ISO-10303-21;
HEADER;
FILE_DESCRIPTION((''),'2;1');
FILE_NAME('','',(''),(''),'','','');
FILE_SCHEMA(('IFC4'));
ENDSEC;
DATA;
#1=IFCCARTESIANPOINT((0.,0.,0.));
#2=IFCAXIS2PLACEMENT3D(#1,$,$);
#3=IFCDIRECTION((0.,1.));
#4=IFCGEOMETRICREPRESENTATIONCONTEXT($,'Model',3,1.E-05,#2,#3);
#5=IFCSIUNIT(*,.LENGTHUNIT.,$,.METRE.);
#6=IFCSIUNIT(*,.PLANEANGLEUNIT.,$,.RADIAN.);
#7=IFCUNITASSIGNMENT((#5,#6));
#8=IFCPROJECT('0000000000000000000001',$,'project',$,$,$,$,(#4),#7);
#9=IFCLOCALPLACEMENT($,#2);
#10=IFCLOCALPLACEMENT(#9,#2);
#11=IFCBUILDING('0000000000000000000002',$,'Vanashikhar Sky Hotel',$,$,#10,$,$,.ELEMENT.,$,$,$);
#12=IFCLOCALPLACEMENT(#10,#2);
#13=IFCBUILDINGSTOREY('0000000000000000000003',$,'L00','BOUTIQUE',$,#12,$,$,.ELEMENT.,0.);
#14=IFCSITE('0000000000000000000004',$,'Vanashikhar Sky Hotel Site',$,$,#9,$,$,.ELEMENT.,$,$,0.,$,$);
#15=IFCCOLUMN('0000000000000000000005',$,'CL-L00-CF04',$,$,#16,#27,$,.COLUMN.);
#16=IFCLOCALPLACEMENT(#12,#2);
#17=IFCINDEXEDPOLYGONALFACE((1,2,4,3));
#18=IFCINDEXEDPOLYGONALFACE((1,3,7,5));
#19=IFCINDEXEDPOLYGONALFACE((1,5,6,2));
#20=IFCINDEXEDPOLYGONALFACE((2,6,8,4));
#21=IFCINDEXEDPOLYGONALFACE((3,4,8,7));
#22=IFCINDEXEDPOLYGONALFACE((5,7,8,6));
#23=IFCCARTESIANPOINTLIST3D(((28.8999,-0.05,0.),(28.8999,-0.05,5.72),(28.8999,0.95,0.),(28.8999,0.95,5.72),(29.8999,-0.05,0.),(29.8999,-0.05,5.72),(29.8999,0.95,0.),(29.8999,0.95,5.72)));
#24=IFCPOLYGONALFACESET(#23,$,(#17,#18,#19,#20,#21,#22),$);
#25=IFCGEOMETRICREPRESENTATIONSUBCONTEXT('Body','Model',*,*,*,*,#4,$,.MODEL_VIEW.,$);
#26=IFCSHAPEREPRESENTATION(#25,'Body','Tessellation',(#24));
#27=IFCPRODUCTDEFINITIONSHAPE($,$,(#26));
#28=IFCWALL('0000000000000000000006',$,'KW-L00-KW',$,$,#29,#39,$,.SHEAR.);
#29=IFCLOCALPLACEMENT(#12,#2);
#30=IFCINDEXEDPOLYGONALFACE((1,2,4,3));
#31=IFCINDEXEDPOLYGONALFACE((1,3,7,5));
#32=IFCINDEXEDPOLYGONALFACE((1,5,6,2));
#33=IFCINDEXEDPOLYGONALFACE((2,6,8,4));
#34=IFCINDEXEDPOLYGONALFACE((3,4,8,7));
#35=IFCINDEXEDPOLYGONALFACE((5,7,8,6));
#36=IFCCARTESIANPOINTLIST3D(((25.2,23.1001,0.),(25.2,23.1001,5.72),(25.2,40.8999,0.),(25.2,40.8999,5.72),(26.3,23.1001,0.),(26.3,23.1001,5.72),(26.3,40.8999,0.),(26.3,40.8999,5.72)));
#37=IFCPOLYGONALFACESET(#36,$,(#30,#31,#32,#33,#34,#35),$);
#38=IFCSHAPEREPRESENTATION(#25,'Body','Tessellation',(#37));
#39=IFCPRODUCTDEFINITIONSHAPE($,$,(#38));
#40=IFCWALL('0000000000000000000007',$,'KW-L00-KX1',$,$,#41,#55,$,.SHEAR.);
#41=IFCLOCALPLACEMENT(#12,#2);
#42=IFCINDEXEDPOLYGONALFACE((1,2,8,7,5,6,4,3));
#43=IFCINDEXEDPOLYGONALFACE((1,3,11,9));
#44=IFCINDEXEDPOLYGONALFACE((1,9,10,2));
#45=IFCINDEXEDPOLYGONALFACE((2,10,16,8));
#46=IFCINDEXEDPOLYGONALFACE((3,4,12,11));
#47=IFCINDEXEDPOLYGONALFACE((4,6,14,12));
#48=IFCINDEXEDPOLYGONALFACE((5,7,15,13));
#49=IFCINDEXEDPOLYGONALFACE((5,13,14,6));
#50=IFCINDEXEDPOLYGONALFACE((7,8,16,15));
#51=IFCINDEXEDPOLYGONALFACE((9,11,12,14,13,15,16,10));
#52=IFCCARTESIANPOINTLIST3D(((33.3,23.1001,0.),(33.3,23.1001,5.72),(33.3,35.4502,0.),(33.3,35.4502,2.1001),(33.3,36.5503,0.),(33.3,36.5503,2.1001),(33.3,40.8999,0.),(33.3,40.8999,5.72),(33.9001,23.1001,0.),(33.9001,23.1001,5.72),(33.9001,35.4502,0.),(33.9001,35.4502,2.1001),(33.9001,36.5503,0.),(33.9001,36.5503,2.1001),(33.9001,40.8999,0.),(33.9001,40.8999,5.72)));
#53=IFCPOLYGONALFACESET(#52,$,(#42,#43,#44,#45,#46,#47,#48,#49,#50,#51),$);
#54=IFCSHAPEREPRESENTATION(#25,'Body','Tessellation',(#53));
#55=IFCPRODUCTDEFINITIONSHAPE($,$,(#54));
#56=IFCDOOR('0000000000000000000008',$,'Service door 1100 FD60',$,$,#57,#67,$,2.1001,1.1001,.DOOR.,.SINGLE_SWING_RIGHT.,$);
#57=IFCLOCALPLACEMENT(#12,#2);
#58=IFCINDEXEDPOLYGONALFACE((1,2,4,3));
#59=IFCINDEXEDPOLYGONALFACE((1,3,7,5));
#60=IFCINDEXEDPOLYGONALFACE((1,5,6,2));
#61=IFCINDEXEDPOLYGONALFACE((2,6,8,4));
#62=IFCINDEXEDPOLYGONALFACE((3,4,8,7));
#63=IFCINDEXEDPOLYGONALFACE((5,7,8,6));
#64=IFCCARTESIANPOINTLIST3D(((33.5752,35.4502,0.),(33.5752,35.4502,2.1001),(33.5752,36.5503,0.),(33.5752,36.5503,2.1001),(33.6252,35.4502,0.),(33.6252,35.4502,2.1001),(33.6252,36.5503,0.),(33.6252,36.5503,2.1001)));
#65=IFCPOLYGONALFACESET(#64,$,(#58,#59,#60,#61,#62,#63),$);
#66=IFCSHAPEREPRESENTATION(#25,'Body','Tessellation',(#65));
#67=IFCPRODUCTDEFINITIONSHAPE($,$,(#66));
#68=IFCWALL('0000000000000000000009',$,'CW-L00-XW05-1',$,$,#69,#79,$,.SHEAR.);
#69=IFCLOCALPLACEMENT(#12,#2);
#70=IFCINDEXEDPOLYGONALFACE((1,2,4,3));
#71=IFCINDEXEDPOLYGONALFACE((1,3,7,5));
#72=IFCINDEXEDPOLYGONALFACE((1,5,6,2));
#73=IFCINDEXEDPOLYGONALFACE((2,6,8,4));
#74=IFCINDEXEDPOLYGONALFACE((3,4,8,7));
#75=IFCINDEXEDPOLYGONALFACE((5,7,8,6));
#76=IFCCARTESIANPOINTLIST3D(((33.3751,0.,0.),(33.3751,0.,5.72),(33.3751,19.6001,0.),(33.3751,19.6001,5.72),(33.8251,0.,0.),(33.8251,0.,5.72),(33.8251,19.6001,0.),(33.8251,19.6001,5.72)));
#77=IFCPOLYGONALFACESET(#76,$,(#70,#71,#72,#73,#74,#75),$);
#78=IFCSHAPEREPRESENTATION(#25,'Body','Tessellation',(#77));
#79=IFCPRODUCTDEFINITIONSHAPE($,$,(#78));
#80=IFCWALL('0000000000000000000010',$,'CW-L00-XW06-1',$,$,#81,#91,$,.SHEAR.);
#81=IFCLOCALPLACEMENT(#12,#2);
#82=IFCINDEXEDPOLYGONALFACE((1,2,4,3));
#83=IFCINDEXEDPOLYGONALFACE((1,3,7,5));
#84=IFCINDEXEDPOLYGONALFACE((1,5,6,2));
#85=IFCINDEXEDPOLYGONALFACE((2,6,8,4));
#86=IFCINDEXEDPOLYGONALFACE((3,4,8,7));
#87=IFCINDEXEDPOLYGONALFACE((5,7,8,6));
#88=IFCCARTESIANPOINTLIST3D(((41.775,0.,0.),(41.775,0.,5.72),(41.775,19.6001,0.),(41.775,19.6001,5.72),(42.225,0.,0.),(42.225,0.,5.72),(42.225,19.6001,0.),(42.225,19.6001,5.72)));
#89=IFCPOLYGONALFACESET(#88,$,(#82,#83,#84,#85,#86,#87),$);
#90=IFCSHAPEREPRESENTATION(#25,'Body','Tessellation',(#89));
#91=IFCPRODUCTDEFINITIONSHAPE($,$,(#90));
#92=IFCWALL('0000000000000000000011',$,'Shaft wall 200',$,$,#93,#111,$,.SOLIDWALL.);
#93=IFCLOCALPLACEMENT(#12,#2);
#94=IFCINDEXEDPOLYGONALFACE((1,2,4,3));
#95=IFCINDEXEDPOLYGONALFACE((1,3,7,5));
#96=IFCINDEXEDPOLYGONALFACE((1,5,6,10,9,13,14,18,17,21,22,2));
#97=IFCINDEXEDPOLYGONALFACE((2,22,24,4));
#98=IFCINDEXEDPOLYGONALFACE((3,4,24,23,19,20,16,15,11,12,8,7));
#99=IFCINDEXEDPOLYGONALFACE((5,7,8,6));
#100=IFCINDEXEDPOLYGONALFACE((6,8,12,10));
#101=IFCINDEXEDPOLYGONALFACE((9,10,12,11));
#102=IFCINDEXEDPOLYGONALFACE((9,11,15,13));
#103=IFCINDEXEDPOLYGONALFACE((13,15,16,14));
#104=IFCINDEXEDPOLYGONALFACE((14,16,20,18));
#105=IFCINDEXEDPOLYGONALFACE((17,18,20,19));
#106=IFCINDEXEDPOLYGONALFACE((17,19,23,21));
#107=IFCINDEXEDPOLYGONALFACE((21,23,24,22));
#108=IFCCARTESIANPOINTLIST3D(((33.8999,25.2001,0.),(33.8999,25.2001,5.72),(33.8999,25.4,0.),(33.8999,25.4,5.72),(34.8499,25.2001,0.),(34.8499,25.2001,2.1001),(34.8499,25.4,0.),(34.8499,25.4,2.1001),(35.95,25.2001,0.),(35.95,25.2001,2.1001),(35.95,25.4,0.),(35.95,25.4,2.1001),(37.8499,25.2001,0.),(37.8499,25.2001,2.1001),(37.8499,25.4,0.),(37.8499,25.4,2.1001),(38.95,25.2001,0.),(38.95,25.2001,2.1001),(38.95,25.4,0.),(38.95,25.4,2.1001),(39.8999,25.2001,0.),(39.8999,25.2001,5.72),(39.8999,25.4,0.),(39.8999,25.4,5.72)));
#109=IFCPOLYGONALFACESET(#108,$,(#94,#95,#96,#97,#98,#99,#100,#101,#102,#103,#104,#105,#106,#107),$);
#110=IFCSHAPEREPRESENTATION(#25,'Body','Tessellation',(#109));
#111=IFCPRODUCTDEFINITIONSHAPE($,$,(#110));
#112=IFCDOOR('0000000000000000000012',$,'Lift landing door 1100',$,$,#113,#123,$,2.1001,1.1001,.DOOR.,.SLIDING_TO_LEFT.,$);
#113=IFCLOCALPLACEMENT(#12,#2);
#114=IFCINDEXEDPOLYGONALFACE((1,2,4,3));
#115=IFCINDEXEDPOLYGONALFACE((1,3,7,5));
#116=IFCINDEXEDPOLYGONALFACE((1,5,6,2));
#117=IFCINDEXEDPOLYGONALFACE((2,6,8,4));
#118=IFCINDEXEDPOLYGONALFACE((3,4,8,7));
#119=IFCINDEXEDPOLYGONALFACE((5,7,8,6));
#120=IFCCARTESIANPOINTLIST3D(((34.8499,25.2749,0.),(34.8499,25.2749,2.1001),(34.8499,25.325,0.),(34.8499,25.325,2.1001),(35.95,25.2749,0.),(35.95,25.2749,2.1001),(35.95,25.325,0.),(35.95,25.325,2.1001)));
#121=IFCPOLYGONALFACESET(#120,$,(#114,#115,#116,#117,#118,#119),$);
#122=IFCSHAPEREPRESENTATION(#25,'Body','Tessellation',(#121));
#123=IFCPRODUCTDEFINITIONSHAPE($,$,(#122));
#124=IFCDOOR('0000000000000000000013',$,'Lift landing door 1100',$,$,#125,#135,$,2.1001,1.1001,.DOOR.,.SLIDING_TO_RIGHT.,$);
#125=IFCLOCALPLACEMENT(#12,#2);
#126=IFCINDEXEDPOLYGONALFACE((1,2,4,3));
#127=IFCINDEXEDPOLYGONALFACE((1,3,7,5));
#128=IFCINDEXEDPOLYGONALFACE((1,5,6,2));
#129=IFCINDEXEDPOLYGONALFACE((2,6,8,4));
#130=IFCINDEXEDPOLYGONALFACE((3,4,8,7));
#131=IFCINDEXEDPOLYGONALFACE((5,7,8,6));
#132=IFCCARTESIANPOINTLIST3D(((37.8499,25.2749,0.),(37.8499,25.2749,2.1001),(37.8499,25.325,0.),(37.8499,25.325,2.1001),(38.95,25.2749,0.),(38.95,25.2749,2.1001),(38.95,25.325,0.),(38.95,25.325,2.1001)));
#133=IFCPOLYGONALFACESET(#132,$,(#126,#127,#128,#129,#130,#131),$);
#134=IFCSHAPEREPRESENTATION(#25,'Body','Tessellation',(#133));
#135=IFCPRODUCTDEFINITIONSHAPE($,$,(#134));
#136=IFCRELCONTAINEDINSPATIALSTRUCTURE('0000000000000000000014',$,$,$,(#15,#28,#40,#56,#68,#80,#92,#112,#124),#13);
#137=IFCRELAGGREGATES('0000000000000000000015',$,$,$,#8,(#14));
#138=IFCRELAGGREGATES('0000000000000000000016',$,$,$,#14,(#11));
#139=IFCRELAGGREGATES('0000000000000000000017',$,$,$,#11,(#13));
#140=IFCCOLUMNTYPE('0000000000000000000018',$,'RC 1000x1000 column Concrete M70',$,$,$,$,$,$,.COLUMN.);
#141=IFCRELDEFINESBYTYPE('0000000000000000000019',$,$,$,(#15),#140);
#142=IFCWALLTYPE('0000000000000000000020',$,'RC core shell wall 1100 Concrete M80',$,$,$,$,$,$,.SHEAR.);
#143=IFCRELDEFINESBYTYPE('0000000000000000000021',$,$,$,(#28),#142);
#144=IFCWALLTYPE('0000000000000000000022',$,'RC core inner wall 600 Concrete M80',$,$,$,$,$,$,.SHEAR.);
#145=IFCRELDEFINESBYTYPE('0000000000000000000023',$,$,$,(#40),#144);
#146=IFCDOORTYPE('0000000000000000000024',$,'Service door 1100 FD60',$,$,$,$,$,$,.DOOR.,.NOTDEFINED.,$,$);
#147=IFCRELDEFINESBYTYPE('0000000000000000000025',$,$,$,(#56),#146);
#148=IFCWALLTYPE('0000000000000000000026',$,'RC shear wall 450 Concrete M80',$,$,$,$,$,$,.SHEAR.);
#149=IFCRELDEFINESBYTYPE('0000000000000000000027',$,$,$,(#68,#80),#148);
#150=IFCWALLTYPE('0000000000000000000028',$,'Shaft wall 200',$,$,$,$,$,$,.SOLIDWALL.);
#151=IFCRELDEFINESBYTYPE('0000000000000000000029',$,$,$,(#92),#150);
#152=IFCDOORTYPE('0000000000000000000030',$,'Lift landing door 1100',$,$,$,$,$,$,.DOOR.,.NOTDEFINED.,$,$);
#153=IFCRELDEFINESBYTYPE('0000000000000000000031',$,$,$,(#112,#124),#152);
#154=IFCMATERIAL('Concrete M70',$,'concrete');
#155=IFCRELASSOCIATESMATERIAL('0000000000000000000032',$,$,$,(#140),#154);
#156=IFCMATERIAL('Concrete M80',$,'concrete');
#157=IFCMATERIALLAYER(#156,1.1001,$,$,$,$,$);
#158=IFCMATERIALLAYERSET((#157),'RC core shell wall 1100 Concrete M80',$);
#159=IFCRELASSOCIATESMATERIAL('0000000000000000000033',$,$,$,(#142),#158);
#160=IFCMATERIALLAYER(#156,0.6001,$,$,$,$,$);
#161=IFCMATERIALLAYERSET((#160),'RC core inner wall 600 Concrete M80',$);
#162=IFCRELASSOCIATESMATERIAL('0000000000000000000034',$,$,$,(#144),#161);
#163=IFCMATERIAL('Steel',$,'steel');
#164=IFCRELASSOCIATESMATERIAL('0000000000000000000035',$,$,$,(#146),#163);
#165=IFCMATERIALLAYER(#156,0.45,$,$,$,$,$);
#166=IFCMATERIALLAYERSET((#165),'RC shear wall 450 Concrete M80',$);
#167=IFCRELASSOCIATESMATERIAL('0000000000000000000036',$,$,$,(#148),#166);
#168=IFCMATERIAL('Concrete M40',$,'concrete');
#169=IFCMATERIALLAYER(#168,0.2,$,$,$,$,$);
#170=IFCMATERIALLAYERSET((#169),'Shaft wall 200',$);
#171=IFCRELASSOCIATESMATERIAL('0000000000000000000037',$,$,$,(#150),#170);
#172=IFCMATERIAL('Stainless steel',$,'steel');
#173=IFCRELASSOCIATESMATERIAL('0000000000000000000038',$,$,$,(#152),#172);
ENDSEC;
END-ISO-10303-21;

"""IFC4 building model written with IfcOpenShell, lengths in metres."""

from ifc_helpers import new_model, si_unit, direction, frame, frame_2d, origin, origin_2d, place, context, subcontext, project, spatial, rectangle, extrude, source, transform, mapped, material, layer, layer_set, material_profile, profile_set, type_object, element, fill, save


model = new_model("IFC4")

# Units and contexts
model_context = context("Model", 3, precision=1e-05, world=origin(), true_north=direction((0.0, 1.0)))
body_context = subcontext(model_context, "Body", "Model", "MODEL_VIEW")
ifc_project = project(units=[si_unit("LENGTHUNIT", "METRE"), si_unit("PLANEANGLEUNIT", "RADIAN")], contexts=[model_context])

# Site, building, storey
site_placement = place(None, origin())
site = spatial("IfcSite", under=ifc_project, at=site_placement, Name="Vanashikhar Sky Hotel Site", CompositionType="ELEMENT", RefElevation=0.0)
building_placement = place(site_placement, origin())
building = spatial("IfcBuilding", under=site, at=building_placement, Name="Vanashikhar Sky Hotel", CompositionType="ELEMENT")
storey_placement = place(building_placement, origin())
storey = spatial("IfcBuildingStorey", under=building, at=storey_placement, Name="L00", Description="BOUTIQUE", CompositionType="ELEMENT", Elevation=0.0)

# Column
ifc_material_1 = material(Name="Concrete M70", Category="concrete")
ifc_material_profile = material_profile(ifc_material_1, rectangle(XDim=1.0, YDim=1.0, at=origin_2d()))
ifc_profile_set = profile_set([ifc_material_profile], Name="RC 1000x1000 column Concrete M70")
column_type = type_object("IfcColumnType", Name="RC 1000x1000 column Concrete M70", PredefinedType="COLUMN", material=ifc_profile_set)
shared_shape_1 = source(origin(), body_context, "Body", "SweptSolid", [
    extrude(rectangle(XDim=1.0, YDim=1.0, at=origin_2d()), origin(), (0.0, 0.0, 1.0), 5.72),
])
column_placement = place(storey_placement, frame((29.3999, 0.45, 0.0), z_axis=(0.0, 0.0, 1.0), x_axis=(1.0, 0.0, 0.0)))
element("IfcColumn", 1, at=column_placement, inside=storey, type_object=column_type, Name="CL-L00-CF04", PredefinedType="COLUMN", context=body_context, shape_type="MappedRepresentation", body=[
    mapped(shared_shape_1, transform((0.0, 0.0, 0.0), scale=1.0)),
])

# Wall
ifc_material_2 = material(Name="Concrete M80", Category="concrete")
ifc_layer_1 = layer(ifc_material_2, 1.1001)
ifc_layer_set_1 = layer_set([ifc_layer_1], Name="RC core shell wall 1100 Concrete M80")
wall_type_1 = type_object("IfcWallType", Name="RC core shell wall 1100 Concrete M80", PredefinedType="SHEAR", material=ifc_layer_set_1)
shared_shape_2 = source(origin(), body_context, "Body", "SweptSolid", [
    extrude(rectangle(XDim=17.7998, YDim=1.1001, at=frame_2d((8.8999, 0.0))), origin(), (0.0, 0.0, 1.0), 5.72),
])
wall_1_placement = place(storey_placement, frame((25.75, 23.1001, 0.0), z_axis=(0.0, 0.0, 1.0), x_axis=(0.0, 1.0, 0.0)))
element("IfcWall", 2, at=wall_1_placement, inside=storey, type_object=wall_type_1, Name="KW-L00-KW", PredefinedType="SHEAR", context=body_context, shape_type="MappedRepresentation", body=[
    mapped(shared_shape_2, transform((0.0, 0.0, 0.0), scale=1.0)),
])

# Wall, opening, door
ifc_layer_2 = layer(ifc_material_2, 0.6001)
ifc_layer_set_2 = layer_set([ifc_layer_2], Name="RC core inner wall 600 Concrete M80")
wall_type_2 = type_object("IfcWallType", Name="RC core inner wall 600 Concrete M80", PredefinedType="SHEAR", material=ifc_layer_set_2)
shared_shape_3 = source(origin(), body_context, "Body", "SweptSolid", [
    extrude(rectangle(XDim=17.7998, YDim=0.6001, at=frame_2d((8.8999, 0.0))), origin(), (0.0, 0.0, 1.0), 5.72),
])
wall_2_placement = place(storey_placement, frame((33.6001, 23.1001, 0.0), z_axis=(0.0, 0.0, 1.0), x_axis=(0.0, 1.0, 0.0)))
wall_2 = element("IfcWall", 3, at=wall_2_placement, inside=storey, type_object=wall_type_2, Name="KW-L00-KX1", PredefinedType="SHEAR", context=body_context, shape_type="MappedRepresentation", body=[
    mapped(shared_shape_3, transform((0.0, 0.0, 0.0), scale=1.0)),
])
shared_shape_4 = source(origin(), body_context, "Body", "SweptSolid", [
    extrude(rectangle(XDim=1.1001, YDim=2.1001, at=frame_2d((0.55, 1.05))), frame((0.0, 0.3101, 0.0), z_axis=(0.0, -1.0, 0.0), x_axis=(1.0, 0.0, 0.0)), (0.0, 0.0, 1.0), 0.6201),
])
opening_1_placement = place(wall_2_placement, frame((12.3501, 0.0, 0.0)))
opening_1 = element("IfcOpeningElement", 4, at=opening_1_placement, cuts=wall_2, PredefinedType="OPENING", context=body_context, shape_type="MappedRepresentation", body=[
    mapped(shared_shape_4, transform((0.0, 0.0, 0.0), scale=1.0)),
])
ifc_material_3 = material(Name="Steel", Category="steel")
door_type_1 = type_object("IfcDoorType", Name="Service door 1100 FD60", OperationType="NOTDEFINED", PredefinedType="DOOR", material=ifc_material_3)
shared_shape_5 = source(origin(), body_context, "Body", "SweptSolid", [
    extrude(rectangle(XDim=1.1001, YDim=2.1001, at=frame_2d((0.55, 1.05))), frame((0.0, 0.0249, 0.0), z_axis=(0.0, -1.0, 0.0), x_axis=(1.0, 0.0, 0.0)), (0.0, 0.0, 1.0), 0.05),
])
door_1_placement = place(opening_1_placement, origin())
door_1 = element("IfcDoor", 5, at=door_1_placement, inside=storey, type_object=door_type_1, Name="Service door 1100 FD60", OperationType="SINGLE_SWING_RIGHT", OverallHeight=2.1001, OverallWidth=1.1001, PredefinedType="DOOR", context=body_context, shape_type="MappedRepresentation", body=[
    mapped(shared_shape_5, transform((0.0, 0.0, 0.0), scale=1.0)),
])
fill(opening_1, door_1)

# Walls
ifc_layer_3 = layer(ifc_material_2, 0.45)
ifc_layer_set_3 = layer_set([ifc_layer_3], Name="RC shear wall 450 Concrete M80")
wall_type_3 = type_object("IfcWallType", Name="RC shear wall 450 Concrete M80", PredefinedType="SHEAR", material=ifc_layer_set_3)
shared_shape_6 = source(origin(), body_context, "Body", "SweptSolid", [
    extrude(rectangle(XDim=19.6001, YDim=0.45, at=frame_2d((9.8, 0.0))), origin(), (0.0, 0.0, 1.0), 5.72),
])
for number, where, z_axis, x_axis, name in (
    (6, (33.6001, 0.0, 0.0), (0.0, 0.0, 1.0), (0.0, 1.0, 0.0), "CW-L00-XW05-1"),
    (7, (42.0, 0.0, 0.0), (0.0, 0.0, 1.0), (0.0, 1.0, 0.0), "CW-L00-XW06-1"),
):
    element("IfcWall", number, at=place(storey_placement, frame(where, z_axis=z_axis, x_axis=x_axis)), inside=storey, type_object=wall_type_3, Name=name, PredefinedType="SHEAR", context=body_context, shape_type="MappedRepresentation", body=[
        mapped(shared_shape_6, transform((0.0, 0.0, 0.0), scale=1.0)),
    ])

# Wall, openings, doors
ifc_material_4 = material(Name="Concrete M40", Category="concrete")
ifc_layer_4 = layer(ifc_material_4, 0.2)
ifc_layer_set_4 = layer_set([ifc_layer_4], Name="Shaft wall 200")
wall_type_4 = type_object("IfcWallType", Name="Shaft wall 200", PredefinedType="SOLIDWALL", material=ifc_layer_set_4)
shared_shape_7 = source(origin(), body_context, "Body", "SweptSolid", [
    extrude(rectangle(XDim=6.0, YDim=0.2, at=frame_2d((3.0, 0.0))), origin(), (0.0, 0.0, 1.0), 5.72),
])
wall_3_placement = place(storey_placement, frame((33.8999, 25.3, 0.0), z_axis=(0.0, 0.0, 1.0), x_axis=(1.0, 0.0, 0.0)))
wall_3 = element("IfcWall", 8, at=wall_3_placement, inside=storey, type_object=wall_type_4, Name="Shaft wall 200", PredefinedType="SOLIDWALL", context=body_context, shape_type="MappedRepresentation", body=[
    mapped(shared_shape_7, transform((0.0, 0.0, 0.0), scale=1.0)),
])
shared_shape_8 = source(origin(), body_context, "Body", "SweptSolid", [
    extrude(rectangle(XDim=1.1001, YDim=2.1001, at=frame_2d((0.55, 1.05))), frame((0.0, 0.1099, 0.0), z_axis=(0.0, -1.0, 0.0), x_axis=(1.0, 0.0, 0.0)), (0.0, 0.0, 1.0), 0.22),
])
opening_2_placement = place(wall_3_placement, frame((0.95, 0.0, 0.0)))
opening_2 = element("IfcOpeningElement", 9, at=opening_2_placement, cuts=wall_3, PredefinedType="OPENING", context=body_context, shape_type="MappedRepresentation", body=[
    mapped(shared_shape_8, transform((0.0, 0.0, 0.0), scale=1.0)),
])
opening_3_placement = place(wall_3_placement, frame((3.95, 0.0, 0.0)))
opening_3 = element("IfcOpeningElement", 10, at=opening_3_placement, cuts=wall_3, PredefinedType="OPENING", context=body_context, shape_type="MappedRepresentation", body=[
    mapped(shared_shape_8, transform((0.0, 0.0, 0.0), scale=1.0)),
])
ifc_material_5 = material(Name="Stainless steel", Category="steel")
door_type_2 = type_object("IfcDoorType", Name="Lift landing door 1100", OperationType="NOTDEFINED", PredefinedType="DOOR", material=ifc_material_5)
door_2_placement = place(opening_2_placement, origin())
door_2 = element("IfcDoor", 11, at=door_2_placement, inside=storey, type_object=door_type_2, Name="Lift landing door 1100", OperationType="SLIDING_TO_LEFT", OverallHeight=2.1001, OverallWidth=1.1001, PredefinedType="DOOR", context=body_context, shape_type="MappedRepresentation", body=[
    mapped(shared_shape_5, transform((0.0, 0.0, 0.0), scale=1.0)),
])
fill(opening_2, door_2)
door_3_placement = place(opening_3_placement, origin())
door_3 = element("IfcDoor", 12, at=door_3_placement, inside=storey, type_object=door_type_2, Name="Lift landing door 1100", OperationType="SLIDING_TO_RIGHT", OverallHeight=2.1001, OverallWidth=1.1001, PredefinedType="DOOR", context=body_context, shape_type="MappedRepresentation", body=[
    mapped(shared_shape_5, transform((0.0, 0.0, 0.0), scale=1.0)),
])
fill(opening_3, door_3)

save(model, "model.ifc")
